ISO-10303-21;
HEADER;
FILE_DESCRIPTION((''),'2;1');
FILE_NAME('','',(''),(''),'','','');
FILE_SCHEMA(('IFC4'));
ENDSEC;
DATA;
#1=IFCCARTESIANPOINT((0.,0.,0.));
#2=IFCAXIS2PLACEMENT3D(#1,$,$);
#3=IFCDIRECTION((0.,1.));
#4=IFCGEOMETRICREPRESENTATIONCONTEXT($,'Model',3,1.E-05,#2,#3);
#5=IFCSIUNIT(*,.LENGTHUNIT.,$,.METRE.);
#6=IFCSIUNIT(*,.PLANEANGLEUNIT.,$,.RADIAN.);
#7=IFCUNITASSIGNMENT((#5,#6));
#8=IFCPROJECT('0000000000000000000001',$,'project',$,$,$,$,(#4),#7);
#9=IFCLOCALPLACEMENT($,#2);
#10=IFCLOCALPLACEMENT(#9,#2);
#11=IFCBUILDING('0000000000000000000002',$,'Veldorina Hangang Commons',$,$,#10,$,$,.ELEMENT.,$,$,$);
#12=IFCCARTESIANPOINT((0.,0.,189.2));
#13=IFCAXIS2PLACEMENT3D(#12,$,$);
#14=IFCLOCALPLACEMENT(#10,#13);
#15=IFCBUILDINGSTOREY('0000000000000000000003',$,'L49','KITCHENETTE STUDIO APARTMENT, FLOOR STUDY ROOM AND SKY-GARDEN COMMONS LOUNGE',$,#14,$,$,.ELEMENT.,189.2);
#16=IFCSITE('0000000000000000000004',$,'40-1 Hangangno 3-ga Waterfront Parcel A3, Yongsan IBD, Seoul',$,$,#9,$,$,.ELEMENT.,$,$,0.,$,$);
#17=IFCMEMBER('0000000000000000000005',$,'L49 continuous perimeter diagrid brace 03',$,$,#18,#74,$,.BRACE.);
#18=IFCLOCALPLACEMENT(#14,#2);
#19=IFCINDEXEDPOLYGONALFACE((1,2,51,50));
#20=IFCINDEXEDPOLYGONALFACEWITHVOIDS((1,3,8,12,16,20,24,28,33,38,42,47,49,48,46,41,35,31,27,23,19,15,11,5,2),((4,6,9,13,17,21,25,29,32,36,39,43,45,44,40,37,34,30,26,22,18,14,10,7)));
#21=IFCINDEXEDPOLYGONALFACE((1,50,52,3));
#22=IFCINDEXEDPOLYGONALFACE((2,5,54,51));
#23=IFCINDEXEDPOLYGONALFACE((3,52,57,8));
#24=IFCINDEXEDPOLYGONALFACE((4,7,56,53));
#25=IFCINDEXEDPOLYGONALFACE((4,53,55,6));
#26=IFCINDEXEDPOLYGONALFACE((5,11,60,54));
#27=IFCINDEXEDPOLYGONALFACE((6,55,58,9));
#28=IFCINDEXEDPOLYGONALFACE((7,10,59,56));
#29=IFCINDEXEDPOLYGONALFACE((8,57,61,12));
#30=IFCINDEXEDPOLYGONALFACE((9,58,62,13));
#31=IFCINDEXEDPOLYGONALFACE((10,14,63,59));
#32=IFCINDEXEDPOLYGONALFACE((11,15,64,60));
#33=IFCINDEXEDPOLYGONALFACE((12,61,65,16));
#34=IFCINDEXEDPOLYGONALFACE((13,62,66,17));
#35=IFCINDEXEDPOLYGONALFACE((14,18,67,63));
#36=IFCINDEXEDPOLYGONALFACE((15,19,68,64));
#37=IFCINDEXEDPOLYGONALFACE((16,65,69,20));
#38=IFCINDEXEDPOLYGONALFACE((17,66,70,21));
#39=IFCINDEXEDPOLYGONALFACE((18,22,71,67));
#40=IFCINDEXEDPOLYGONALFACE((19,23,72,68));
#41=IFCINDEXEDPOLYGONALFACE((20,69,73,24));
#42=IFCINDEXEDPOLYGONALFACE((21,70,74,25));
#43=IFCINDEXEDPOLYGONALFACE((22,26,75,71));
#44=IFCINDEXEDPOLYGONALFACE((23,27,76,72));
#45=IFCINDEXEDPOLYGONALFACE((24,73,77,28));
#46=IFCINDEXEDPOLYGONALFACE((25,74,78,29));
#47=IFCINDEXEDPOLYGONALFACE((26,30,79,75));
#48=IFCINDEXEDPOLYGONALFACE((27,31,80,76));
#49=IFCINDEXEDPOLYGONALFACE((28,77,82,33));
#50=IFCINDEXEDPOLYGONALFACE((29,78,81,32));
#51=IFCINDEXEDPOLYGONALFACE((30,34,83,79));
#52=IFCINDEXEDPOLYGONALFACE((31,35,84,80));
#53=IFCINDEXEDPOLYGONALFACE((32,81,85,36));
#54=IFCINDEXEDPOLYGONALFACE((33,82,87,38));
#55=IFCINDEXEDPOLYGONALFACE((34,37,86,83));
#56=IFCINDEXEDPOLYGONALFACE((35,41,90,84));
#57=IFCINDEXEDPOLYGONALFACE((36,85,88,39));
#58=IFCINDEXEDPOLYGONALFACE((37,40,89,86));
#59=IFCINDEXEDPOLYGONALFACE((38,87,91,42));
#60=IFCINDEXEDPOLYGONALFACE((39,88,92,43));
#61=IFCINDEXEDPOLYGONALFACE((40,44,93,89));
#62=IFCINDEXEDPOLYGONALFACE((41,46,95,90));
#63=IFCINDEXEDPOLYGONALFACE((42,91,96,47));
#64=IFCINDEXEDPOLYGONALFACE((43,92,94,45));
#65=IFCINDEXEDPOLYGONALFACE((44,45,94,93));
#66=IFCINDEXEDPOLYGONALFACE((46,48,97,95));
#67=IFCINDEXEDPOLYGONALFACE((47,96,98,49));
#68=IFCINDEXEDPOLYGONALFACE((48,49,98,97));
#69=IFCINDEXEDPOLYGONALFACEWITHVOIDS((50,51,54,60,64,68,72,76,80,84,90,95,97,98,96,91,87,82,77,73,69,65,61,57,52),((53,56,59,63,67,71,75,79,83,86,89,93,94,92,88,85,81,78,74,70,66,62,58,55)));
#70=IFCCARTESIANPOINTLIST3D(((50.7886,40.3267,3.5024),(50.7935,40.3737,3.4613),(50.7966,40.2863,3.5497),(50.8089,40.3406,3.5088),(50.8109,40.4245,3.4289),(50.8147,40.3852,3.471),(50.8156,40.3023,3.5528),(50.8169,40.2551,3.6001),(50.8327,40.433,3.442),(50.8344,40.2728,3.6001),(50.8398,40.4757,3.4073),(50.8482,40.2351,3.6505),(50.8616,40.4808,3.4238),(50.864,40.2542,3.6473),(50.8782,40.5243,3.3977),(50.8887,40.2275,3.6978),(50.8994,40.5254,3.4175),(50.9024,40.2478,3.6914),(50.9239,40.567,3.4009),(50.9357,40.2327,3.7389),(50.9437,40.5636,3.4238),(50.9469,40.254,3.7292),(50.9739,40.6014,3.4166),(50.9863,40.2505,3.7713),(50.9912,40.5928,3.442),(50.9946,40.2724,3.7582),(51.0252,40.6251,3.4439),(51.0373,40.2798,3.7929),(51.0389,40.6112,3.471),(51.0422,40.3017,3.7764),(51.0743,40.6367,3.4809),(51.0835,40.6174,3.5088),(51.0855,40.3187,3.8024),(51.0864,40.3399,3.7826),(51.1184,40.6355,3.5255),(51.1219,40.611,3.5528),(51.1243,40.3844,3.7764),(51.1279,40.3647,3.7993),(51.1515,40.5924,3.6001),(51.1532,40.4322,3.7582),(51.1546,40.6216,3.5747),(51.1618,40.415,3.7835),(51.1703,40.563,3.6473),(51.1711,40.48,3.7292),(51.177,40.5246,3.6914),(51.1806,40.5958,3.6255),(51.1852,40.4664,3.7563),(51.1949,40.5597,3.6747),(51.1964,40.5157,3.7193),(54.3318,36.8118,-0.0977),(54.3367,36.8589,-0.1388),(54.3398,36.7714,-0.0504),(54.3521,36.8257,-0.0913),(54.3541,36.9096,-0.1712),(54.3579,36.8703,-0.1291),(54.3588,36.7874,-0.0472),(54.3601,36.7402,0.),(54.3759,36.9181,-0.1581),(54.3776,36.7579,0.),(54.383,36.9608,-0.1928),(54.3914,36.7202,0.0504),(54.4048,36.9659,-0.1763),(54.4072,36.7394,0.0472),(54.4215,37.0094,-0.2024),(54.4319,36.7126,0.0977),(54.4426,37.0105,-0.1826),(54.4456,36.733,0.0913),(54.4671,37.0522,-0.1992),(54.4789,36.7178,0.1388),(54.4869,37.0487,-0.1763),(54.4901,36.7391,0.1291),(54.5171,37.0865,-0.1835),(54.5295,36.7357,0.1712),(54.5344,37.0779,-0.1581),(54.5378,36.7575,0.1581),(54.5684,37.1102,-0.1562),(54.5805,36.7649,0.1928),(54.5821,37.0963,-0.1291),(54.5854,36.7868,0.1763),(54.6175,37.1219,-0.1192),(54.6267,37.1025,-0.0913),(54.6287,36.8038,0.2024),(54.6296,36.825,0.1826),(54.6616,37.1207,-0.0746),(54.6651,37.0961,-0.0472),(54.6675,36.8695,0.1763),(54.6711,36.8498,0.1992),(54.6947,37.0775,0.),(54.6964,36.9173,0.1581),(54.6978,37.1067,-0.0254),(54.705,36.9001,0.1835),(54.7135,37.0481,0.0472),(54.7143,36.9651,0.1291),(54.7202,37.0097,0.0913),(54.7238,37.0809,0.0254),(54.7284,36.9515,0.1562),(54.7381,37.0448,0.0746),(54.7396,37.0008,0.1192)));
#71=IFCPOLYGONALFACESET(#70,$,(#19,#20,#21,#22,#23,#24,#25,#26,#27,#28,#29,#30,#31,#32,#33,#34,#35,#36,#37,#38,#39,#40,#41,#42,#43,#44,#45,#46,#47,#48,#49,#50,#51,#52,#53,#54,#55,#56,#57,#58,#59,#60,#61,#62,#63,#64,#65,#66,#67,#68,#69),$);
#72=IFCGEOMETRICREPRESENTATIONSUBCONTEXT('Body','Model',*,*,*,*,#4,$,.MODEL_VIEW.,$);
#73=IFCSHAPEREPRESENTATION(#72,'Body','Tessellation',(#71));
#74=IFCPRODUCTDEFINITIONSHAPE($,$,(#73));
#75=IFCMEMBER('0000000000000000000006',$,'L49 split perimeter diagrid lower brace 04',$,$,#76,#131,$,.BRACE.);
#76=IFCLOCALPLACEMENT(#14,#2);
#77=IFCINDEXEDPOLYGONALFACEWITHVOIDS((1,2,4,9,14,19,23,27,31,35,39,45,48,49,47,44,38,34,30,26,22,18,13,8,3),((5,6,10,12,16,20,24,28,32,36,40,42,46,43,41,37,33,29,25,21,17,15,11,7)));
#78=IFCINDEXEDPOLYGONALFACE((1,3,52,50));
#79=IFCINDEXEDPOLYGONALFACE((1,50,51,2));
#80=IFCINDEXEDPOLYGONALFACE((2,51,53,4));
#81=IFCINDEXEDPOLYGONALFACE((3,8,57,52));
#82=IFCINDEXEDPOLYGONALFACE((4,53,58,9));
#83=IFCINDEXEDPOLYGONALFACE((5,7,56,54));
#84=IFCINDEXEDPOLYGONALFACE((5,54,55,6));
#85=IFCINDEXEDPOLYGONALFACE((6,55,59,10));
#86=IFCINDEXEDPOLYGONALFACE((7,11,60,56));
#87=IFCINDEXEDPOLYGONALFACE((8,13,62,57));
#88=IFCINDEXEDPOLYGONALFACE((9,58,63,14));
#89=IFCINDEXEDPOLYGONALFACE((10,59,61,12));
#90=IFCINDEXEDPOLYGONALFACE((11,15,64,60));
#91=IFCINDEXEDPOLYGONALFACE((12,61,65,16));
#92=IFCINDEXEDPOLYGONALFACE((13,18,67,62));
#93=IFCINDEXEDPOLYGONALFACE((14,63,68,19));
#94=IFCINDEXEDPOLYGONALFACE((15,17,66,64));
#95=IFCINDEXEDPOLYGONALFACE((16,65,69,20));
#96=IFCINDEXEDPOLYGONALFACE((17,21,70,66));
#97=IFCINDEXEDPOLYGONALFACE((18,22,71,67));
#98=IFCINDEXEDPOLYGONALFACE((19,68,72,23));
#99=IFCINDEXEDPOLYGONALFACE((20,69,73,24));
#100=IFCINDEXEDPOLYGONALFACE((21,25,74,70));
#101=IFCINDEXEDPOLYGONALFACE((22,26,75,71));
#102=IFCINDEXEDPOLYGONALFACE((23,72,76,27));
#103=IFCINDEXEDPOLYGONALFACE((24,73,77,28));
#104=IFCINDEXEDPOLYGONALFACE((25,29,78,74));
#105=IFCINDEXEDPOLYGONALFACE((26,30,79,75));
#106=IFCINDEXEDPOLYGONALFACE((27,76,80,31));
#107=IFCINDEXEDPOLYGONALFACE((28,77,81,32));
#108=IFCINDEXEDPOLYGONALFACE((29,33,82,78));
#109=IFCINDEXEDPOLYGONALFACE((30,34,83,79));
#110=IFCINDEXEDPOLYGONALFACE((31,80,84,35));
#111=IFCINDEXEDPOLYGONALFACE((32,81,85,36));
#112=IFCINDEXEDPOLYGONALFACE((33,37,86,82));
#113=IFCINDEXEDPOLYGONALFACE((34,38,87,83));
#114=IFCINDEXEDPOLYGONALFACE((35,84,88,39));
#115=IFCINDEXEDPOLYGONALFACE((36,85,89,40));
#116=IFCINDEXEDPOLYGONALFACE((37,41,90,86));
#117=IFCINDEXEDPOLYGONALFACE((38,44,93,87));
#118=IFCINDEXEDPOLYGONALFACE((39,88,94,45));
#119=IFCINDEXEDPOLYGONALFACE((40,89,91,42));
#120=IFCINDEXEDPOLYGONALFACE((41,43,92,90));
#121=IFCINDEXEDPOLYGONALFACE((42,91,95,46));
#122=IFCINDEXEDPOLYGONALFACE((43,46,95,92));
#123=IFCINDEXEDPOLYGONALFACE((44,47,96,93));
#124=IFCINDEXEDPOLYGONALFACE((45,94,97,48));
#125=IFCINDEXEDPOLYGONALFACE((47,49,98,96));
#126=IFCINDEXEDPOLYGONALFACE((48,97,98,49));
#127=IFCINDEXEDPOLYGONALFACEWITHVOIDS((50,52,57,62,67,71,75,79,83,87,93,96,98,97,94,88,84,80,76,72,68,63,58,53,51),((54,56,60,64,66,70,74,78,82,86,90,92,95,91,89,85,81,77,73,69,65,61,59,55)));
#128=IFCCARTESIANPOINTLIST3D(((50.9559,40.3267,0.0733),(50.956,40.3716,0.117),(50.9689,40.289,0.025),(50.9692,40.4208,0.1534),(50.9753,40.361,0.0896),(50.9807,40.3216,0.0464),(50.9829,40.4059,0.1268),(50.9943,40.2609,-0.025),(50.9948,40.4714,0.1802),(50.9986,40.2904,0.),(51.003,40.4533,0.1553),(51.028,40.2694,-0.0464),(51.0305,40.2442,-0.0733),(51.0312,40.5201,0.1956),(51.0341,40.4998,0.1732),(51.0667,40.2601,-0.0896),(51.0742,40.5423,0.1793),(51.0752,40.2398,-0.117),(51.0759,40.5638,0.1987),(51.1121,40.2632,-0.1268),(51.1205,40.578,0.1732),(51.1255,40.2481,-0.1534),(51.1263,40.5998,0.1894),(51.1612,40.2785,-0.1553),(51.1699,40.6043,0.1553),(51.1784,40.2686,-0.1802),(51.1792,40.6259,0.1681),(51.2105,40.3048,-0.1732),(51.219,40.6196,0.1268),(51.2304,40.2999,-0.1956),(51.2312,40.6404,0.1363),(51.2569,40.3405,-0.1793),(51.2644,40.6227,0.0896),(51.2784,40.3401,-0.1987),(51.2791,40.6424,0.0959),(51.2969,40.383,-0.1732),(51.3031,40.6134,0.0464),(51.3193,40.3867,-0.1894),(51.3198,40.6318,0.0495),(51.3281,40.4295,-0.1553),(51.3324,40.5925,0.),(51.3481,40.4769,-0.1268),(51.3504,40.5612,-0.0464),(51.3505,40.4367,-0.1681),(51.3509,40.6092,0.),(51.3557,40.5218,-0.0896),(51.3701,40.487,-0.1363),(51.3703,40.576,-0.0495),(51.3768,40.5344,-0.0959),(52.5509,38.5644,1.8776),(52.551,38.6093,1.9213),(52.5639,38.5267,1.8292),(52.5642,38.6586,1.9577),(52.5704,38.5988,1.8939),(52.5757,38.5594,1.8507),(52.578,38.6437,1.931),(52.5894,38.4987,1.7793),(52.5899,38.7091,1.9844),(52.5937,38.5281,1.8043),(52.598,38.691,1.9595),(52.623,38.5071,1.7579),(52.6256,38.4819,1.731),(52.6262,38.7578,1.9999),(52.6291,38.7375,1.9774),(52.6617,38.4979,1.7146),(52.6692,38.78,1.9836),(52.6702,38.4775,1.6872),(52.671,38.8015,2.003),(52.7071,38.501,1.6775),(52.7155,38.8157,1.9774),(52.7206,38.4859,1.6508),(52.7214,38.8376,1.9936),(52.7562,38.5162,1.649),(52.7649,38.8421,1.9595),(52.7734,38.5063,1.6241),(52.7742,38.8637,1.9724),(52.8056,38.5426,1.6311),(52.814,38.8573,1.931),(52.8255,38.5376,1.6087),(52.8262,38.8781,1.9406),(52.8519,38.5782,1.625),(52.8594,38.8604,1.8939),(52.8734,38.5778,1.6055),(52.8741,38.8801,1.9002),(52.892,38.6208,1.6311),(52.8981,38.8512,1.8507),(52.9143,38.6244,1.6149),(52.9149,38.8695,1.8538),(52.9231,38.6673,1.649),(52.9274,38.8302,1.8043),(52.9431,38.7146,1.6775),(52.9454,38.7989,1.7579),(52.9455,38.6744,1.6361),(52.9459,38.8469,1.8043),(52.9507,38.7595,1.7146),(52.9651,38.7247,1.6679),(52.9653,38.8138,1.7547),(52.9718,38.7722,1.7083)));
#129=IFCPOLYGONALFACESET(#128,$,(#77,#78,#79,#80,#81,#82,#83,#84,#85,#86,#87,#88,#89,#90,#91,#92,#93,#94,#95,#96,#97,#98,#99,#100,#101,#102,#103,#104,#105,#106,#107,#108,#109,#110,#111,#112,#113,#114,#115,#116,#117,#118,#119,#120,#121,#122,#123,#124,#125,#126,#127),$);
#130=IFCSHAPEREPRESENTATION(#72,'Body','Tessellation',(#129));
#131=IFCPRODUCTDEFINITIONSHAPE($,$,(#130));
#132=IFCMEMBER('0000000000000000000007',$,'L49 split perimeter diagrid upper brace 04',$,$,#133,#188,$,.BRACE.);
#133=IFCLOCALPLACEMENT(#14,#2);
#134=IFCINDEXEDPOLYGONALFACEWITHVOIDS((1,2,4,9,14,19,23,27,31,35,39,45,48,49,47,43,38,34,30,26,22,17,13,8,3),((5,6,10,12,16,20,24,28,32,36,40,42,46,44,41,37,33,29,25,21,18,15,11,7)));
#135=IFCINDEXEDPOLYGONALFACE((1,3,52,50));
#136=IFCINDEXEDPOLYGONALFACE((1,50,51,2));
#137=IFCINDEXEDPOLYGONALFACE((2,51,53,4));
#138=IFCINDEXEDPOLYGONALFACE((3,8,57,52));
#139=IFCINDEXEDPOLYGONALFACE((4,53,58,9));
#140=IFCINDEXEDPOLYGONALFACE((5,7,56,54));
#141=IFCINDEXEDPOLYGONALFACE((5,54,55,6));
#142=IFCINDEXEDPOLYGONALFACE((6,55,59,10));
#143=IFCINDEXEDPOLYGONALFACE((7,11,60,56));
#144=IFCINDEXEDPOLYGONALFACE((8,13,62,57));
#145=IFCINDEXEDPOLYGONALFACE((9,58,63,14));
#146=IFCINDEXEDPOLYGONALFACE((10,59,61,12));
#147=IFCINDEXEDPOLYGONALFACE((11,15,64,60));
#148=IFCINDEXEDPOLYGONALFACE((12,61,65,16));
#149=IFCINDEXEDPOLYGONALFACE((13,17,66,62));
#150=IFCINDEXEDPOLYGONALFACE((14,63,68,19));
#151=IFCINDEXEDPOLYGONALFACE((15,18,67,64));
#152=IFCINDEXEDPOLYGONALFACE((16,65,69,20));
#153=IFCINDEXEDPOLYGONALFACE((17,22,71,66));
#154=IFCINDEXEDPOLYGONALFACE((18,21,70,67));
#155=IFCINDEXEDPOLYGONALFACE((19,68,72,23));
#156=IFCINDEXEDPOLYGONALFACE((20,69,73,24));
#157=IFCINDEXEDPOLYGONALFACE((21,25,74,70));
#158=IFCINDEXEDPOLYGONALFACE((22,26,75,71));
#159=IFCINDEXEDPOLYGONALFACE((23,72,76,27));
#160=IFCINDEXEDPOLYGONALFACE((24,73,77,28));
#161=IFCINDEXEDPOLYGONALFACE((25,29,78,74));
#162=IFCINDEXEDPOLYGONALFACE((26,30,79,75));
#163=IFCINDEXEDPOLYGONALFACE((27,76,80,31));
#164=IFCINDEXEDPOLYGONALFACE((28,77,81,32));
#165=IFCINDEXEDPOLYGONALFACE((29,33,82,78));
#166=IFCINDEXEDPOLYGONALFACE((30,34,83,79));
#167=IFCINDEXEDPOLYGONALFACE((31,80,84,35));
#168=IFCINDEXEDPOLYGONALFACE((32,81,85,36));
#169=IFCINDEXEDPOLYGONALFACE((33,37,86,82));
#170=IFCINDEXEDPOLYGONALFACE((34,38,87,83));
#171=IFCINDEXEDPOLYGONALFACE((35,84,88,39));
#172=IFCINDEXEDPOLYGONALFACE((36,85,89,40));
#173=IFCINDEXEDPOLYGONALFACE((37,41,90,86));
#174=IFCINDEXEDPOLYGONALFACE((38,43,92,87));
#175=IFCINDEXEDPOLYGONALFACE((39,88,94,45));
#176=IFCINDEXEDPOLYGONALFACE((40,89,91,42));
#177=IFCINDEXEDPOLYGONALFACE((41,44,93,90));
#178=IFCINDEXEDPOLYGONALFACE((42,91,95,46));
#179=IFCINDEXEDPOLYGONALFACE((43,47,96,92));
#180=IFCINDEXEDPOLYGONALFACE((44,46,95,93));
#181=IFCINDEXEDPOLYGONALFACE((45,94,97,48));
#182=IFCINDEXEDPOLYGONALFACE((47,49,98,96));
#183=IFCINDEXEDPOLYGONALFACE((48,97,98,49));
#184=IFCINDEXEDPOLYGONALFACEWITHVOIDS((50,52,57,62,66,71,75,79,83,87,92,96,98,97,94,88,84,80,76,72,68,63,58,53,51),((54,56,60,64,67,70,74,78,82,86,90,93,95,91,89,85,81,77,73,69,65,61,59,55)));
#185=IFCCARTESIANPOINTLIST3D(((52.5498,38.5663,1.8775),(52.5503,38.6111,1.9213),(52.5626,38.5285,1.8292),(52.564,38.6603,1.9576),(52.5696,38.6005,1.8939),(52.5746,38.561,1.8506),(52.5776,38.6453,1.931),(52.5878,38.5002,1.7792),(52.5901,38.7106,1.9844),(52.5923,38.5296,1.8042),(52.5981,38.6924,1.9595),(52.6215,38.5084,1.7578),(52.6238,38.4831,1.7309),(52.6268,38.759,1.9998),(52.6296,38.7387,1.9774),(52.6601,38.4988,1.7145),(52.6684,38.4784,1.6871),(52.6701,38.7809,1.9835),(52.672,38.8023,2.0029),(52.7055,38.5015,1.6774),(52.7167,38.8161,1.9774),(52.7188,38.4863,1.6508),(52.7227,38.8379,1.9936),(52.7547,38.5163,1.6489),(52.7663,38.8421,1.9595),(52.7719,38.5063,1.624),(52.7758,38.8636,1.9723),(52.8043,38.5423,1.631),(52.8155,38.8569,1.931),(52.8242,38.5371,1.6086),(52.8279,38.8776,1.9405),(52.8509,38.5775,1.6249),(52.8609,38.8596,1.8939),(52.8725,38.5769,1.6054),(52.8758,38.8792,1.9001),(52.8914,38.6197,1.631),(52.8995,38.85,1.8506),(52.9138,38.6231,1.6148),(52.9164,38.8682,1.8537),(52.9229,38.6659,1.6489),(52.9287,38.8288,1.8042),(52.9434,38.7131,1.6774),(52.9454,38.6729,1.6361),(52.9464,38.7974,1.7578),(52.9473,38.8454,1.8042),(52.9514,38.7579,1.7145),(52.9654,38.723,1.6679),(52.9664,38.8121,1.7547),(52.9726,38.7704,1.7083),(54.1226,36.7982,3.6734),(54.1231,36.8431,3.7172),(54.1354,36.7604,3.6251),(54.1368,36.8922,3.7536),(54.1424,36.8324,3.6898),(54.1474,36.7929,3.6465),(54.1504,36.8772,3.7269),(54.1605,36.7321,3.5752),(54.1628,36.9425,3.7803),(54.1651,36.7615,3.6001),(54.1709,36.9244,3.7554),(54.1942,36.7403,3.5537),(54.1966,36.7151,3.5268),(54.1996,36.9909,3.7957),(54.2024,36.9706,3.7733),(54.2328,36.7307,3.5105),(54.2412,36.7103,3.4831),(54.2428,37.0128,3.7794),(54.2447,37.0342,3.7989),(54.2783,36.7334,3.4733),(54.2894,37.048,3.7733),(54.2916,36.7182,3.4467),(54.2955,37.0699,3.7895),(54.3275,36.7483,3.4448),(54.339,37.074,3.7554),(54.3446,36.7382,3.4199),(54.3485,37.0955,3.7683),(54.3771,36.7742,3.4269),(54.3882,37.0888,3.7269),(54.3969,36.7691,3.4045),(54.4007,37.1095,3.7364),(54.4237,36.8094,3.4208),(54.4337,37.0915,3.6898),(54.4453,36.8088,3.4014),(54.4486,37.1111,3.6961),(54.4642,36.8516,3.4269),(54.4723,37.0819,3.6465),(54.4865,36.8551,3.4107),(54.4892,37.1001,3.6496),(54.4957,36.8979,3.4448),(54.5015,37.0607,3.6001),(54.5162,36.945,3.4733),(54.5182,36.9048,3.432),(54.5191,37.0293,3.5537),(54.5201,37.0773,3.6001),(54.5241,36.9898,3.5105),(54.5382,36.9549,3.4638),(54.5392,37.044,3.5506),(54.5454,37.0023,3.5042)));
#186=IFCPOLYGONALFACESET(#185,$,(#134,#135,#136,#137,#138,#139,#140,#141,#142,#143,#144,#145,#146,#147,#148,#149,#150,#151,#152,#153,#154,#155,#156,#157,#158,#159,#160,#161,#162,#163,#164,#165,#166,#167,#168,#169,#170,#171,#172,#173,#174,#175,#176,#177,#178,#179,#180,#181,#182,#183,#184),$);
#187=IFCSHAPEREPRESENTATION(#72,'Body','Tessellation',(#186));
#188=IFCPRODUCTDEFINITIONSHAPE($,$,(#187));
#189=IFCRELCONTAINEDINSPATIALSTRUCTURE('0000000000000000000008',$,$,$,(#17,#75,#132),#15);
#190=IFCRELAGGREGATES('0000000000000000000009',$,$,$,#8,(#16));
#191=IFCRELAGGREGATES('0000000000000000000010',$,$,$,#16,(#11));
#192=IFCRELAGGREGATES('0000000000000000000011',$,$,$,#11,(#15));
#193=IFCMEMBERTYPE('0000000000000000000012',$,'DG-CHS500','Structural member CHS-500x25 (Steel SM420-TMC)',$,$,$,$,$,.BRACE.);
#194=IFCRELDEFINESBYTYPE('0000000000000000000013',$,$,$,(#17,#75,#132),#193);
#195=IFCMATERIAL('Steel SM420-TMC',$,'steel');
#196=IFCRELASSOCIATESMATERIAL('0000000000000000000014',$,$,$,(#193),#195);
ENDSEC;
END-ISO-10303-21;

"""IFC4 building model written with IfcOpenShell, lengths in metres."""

from ifc_helpers import new_model, si_unit, direction, frame, origin, origin_2d, place, context, subcontext, project, spatial, hollow_circle, extrude, material, material_profile, profile_set, type_object, element, save


model = new_model("IFC4")

# Units and contexts
model_context = context("Model", 3, precision=1e-05, world=origin(), true_north=direction((0.0, 1.0)))
body_context = subcontext(model_context, "Body", "Model", "MODEL_VIEW")
ifc_project = project(units=[si_unit("LENGTHUNIT", "METRE"), si_unit("PLANEANGLEUNIT", "RADIAN")], contexts=[model_context])

# Site, building, storey
site_placement = place(None, origin())
site = spatial("IfcSite", under=ifc_project, at=site_placement, Name="40-1 Hangangno 3-ga Waterfront Parcel A3, Yongsan IBD, Seoul", CompositionType="ELEMENT", RefElevation=0.0)
building_placement = place(site_placement, origin())
building = spatial("IfcBuilding", under=site, at=building_placement, Name="Veldorina Hangang Commons", CompositionType="ELEMENT")
storey_placement = place(building_placement, frame((0.0, 0.0, 189.2)))
storey = spatial("IfcBuildingStorey", under=building, at=storey_placement, Name="L49", Description="KITCHENETTE STUDIO APARTMENT, FLOOR STUDY ROOM AND SKY-GARDEN COMMONS LOUNGE", CompositionType="ELEMENT", Elevation=189.2)

# Shared definitions
ifc_material_1 = material(Name="Steel SM420-TMC", Category="steel")

# Members
ifc_material_profile_1 = material_profile(ifc_material_1, hollow_circle(Radius=0.25, WallThickness=0.0249, at=origin_2d()), Name="CHS-500x25")
ifc_profile_set_1 = profile_set([ifc_material_profile_1], Name="Steel SM420-TMC")
member_type_1 = type_object("IfcMemberType", Name="DG-CHS500", Description="Structural member CHS-500x25 (Steel SM420-TMC)", PredefinedType="BRACE", material=ifc_profile_set_1)
member_1_placement = place(storey_placement, frame((54.5361, 36.9177, 0.0), z_axis=(-0.575774, 0.571172, 0.585018), x_axis=(-0.704264, -0.709938, 0.0)))
element("IfcMember", 1, at=member_1_placement, inside=storey, type_object=member_type_1, Name="L49 continuous perimeter diagrid brace 03", PredefinedType="BRACE", context=body_context, shape_type="SweptSolid", body=[
    extrude(hollow_circle(Radius=0.25, WallThickness=0.0249, at=origin_2d()), origin(), (0.0, 0.0, 1.0), 6.1538),
])
member_2_placement = place(storey_placement, frame((51.1655, 40.4414, 0.0), z_axis=(0.534502, -0.590546, 0.604618), x_axis=(0.741412, 0.67105, 0.0)))
element("IfcMember", 2, at=member_2_placement, inside=storey, type_object=member_type_1, Name="L49 split perimeter diagrid lower brace 04", PredefinedType="BRACE", context=body_context, shape_type="SweptSolid", body=[
    extrude(hollow_circle(Radius=0.25, WallThickness=0.0249, at=origin_2d()), origin(), (0.0, 0.0, 1.0), 2.9841),
])
member_3_placement = place(storey_placement, frame((52.7605, 38.6792, 1.8042), z_axis=(0.529428, -0.595175, 0.604544), x_axis=(0.74717, 0.664633, 0.0)))
element("IfcMember", 3, at=member_3_placement, inside=storey, type_object=member_type_1, Name="L49 split perimeter diagrid upper brace 04", PredefinedType="BRACE", context=body_context, shape_type="SweptSolid", body=[
    extrude(hollow_circle(Radius=0.25, WallThickness=0.0249, at=origin_2d()), origin(), (0.0, 0.0, 1.0), 2.9707),
])

save(model, "model.ifc")
